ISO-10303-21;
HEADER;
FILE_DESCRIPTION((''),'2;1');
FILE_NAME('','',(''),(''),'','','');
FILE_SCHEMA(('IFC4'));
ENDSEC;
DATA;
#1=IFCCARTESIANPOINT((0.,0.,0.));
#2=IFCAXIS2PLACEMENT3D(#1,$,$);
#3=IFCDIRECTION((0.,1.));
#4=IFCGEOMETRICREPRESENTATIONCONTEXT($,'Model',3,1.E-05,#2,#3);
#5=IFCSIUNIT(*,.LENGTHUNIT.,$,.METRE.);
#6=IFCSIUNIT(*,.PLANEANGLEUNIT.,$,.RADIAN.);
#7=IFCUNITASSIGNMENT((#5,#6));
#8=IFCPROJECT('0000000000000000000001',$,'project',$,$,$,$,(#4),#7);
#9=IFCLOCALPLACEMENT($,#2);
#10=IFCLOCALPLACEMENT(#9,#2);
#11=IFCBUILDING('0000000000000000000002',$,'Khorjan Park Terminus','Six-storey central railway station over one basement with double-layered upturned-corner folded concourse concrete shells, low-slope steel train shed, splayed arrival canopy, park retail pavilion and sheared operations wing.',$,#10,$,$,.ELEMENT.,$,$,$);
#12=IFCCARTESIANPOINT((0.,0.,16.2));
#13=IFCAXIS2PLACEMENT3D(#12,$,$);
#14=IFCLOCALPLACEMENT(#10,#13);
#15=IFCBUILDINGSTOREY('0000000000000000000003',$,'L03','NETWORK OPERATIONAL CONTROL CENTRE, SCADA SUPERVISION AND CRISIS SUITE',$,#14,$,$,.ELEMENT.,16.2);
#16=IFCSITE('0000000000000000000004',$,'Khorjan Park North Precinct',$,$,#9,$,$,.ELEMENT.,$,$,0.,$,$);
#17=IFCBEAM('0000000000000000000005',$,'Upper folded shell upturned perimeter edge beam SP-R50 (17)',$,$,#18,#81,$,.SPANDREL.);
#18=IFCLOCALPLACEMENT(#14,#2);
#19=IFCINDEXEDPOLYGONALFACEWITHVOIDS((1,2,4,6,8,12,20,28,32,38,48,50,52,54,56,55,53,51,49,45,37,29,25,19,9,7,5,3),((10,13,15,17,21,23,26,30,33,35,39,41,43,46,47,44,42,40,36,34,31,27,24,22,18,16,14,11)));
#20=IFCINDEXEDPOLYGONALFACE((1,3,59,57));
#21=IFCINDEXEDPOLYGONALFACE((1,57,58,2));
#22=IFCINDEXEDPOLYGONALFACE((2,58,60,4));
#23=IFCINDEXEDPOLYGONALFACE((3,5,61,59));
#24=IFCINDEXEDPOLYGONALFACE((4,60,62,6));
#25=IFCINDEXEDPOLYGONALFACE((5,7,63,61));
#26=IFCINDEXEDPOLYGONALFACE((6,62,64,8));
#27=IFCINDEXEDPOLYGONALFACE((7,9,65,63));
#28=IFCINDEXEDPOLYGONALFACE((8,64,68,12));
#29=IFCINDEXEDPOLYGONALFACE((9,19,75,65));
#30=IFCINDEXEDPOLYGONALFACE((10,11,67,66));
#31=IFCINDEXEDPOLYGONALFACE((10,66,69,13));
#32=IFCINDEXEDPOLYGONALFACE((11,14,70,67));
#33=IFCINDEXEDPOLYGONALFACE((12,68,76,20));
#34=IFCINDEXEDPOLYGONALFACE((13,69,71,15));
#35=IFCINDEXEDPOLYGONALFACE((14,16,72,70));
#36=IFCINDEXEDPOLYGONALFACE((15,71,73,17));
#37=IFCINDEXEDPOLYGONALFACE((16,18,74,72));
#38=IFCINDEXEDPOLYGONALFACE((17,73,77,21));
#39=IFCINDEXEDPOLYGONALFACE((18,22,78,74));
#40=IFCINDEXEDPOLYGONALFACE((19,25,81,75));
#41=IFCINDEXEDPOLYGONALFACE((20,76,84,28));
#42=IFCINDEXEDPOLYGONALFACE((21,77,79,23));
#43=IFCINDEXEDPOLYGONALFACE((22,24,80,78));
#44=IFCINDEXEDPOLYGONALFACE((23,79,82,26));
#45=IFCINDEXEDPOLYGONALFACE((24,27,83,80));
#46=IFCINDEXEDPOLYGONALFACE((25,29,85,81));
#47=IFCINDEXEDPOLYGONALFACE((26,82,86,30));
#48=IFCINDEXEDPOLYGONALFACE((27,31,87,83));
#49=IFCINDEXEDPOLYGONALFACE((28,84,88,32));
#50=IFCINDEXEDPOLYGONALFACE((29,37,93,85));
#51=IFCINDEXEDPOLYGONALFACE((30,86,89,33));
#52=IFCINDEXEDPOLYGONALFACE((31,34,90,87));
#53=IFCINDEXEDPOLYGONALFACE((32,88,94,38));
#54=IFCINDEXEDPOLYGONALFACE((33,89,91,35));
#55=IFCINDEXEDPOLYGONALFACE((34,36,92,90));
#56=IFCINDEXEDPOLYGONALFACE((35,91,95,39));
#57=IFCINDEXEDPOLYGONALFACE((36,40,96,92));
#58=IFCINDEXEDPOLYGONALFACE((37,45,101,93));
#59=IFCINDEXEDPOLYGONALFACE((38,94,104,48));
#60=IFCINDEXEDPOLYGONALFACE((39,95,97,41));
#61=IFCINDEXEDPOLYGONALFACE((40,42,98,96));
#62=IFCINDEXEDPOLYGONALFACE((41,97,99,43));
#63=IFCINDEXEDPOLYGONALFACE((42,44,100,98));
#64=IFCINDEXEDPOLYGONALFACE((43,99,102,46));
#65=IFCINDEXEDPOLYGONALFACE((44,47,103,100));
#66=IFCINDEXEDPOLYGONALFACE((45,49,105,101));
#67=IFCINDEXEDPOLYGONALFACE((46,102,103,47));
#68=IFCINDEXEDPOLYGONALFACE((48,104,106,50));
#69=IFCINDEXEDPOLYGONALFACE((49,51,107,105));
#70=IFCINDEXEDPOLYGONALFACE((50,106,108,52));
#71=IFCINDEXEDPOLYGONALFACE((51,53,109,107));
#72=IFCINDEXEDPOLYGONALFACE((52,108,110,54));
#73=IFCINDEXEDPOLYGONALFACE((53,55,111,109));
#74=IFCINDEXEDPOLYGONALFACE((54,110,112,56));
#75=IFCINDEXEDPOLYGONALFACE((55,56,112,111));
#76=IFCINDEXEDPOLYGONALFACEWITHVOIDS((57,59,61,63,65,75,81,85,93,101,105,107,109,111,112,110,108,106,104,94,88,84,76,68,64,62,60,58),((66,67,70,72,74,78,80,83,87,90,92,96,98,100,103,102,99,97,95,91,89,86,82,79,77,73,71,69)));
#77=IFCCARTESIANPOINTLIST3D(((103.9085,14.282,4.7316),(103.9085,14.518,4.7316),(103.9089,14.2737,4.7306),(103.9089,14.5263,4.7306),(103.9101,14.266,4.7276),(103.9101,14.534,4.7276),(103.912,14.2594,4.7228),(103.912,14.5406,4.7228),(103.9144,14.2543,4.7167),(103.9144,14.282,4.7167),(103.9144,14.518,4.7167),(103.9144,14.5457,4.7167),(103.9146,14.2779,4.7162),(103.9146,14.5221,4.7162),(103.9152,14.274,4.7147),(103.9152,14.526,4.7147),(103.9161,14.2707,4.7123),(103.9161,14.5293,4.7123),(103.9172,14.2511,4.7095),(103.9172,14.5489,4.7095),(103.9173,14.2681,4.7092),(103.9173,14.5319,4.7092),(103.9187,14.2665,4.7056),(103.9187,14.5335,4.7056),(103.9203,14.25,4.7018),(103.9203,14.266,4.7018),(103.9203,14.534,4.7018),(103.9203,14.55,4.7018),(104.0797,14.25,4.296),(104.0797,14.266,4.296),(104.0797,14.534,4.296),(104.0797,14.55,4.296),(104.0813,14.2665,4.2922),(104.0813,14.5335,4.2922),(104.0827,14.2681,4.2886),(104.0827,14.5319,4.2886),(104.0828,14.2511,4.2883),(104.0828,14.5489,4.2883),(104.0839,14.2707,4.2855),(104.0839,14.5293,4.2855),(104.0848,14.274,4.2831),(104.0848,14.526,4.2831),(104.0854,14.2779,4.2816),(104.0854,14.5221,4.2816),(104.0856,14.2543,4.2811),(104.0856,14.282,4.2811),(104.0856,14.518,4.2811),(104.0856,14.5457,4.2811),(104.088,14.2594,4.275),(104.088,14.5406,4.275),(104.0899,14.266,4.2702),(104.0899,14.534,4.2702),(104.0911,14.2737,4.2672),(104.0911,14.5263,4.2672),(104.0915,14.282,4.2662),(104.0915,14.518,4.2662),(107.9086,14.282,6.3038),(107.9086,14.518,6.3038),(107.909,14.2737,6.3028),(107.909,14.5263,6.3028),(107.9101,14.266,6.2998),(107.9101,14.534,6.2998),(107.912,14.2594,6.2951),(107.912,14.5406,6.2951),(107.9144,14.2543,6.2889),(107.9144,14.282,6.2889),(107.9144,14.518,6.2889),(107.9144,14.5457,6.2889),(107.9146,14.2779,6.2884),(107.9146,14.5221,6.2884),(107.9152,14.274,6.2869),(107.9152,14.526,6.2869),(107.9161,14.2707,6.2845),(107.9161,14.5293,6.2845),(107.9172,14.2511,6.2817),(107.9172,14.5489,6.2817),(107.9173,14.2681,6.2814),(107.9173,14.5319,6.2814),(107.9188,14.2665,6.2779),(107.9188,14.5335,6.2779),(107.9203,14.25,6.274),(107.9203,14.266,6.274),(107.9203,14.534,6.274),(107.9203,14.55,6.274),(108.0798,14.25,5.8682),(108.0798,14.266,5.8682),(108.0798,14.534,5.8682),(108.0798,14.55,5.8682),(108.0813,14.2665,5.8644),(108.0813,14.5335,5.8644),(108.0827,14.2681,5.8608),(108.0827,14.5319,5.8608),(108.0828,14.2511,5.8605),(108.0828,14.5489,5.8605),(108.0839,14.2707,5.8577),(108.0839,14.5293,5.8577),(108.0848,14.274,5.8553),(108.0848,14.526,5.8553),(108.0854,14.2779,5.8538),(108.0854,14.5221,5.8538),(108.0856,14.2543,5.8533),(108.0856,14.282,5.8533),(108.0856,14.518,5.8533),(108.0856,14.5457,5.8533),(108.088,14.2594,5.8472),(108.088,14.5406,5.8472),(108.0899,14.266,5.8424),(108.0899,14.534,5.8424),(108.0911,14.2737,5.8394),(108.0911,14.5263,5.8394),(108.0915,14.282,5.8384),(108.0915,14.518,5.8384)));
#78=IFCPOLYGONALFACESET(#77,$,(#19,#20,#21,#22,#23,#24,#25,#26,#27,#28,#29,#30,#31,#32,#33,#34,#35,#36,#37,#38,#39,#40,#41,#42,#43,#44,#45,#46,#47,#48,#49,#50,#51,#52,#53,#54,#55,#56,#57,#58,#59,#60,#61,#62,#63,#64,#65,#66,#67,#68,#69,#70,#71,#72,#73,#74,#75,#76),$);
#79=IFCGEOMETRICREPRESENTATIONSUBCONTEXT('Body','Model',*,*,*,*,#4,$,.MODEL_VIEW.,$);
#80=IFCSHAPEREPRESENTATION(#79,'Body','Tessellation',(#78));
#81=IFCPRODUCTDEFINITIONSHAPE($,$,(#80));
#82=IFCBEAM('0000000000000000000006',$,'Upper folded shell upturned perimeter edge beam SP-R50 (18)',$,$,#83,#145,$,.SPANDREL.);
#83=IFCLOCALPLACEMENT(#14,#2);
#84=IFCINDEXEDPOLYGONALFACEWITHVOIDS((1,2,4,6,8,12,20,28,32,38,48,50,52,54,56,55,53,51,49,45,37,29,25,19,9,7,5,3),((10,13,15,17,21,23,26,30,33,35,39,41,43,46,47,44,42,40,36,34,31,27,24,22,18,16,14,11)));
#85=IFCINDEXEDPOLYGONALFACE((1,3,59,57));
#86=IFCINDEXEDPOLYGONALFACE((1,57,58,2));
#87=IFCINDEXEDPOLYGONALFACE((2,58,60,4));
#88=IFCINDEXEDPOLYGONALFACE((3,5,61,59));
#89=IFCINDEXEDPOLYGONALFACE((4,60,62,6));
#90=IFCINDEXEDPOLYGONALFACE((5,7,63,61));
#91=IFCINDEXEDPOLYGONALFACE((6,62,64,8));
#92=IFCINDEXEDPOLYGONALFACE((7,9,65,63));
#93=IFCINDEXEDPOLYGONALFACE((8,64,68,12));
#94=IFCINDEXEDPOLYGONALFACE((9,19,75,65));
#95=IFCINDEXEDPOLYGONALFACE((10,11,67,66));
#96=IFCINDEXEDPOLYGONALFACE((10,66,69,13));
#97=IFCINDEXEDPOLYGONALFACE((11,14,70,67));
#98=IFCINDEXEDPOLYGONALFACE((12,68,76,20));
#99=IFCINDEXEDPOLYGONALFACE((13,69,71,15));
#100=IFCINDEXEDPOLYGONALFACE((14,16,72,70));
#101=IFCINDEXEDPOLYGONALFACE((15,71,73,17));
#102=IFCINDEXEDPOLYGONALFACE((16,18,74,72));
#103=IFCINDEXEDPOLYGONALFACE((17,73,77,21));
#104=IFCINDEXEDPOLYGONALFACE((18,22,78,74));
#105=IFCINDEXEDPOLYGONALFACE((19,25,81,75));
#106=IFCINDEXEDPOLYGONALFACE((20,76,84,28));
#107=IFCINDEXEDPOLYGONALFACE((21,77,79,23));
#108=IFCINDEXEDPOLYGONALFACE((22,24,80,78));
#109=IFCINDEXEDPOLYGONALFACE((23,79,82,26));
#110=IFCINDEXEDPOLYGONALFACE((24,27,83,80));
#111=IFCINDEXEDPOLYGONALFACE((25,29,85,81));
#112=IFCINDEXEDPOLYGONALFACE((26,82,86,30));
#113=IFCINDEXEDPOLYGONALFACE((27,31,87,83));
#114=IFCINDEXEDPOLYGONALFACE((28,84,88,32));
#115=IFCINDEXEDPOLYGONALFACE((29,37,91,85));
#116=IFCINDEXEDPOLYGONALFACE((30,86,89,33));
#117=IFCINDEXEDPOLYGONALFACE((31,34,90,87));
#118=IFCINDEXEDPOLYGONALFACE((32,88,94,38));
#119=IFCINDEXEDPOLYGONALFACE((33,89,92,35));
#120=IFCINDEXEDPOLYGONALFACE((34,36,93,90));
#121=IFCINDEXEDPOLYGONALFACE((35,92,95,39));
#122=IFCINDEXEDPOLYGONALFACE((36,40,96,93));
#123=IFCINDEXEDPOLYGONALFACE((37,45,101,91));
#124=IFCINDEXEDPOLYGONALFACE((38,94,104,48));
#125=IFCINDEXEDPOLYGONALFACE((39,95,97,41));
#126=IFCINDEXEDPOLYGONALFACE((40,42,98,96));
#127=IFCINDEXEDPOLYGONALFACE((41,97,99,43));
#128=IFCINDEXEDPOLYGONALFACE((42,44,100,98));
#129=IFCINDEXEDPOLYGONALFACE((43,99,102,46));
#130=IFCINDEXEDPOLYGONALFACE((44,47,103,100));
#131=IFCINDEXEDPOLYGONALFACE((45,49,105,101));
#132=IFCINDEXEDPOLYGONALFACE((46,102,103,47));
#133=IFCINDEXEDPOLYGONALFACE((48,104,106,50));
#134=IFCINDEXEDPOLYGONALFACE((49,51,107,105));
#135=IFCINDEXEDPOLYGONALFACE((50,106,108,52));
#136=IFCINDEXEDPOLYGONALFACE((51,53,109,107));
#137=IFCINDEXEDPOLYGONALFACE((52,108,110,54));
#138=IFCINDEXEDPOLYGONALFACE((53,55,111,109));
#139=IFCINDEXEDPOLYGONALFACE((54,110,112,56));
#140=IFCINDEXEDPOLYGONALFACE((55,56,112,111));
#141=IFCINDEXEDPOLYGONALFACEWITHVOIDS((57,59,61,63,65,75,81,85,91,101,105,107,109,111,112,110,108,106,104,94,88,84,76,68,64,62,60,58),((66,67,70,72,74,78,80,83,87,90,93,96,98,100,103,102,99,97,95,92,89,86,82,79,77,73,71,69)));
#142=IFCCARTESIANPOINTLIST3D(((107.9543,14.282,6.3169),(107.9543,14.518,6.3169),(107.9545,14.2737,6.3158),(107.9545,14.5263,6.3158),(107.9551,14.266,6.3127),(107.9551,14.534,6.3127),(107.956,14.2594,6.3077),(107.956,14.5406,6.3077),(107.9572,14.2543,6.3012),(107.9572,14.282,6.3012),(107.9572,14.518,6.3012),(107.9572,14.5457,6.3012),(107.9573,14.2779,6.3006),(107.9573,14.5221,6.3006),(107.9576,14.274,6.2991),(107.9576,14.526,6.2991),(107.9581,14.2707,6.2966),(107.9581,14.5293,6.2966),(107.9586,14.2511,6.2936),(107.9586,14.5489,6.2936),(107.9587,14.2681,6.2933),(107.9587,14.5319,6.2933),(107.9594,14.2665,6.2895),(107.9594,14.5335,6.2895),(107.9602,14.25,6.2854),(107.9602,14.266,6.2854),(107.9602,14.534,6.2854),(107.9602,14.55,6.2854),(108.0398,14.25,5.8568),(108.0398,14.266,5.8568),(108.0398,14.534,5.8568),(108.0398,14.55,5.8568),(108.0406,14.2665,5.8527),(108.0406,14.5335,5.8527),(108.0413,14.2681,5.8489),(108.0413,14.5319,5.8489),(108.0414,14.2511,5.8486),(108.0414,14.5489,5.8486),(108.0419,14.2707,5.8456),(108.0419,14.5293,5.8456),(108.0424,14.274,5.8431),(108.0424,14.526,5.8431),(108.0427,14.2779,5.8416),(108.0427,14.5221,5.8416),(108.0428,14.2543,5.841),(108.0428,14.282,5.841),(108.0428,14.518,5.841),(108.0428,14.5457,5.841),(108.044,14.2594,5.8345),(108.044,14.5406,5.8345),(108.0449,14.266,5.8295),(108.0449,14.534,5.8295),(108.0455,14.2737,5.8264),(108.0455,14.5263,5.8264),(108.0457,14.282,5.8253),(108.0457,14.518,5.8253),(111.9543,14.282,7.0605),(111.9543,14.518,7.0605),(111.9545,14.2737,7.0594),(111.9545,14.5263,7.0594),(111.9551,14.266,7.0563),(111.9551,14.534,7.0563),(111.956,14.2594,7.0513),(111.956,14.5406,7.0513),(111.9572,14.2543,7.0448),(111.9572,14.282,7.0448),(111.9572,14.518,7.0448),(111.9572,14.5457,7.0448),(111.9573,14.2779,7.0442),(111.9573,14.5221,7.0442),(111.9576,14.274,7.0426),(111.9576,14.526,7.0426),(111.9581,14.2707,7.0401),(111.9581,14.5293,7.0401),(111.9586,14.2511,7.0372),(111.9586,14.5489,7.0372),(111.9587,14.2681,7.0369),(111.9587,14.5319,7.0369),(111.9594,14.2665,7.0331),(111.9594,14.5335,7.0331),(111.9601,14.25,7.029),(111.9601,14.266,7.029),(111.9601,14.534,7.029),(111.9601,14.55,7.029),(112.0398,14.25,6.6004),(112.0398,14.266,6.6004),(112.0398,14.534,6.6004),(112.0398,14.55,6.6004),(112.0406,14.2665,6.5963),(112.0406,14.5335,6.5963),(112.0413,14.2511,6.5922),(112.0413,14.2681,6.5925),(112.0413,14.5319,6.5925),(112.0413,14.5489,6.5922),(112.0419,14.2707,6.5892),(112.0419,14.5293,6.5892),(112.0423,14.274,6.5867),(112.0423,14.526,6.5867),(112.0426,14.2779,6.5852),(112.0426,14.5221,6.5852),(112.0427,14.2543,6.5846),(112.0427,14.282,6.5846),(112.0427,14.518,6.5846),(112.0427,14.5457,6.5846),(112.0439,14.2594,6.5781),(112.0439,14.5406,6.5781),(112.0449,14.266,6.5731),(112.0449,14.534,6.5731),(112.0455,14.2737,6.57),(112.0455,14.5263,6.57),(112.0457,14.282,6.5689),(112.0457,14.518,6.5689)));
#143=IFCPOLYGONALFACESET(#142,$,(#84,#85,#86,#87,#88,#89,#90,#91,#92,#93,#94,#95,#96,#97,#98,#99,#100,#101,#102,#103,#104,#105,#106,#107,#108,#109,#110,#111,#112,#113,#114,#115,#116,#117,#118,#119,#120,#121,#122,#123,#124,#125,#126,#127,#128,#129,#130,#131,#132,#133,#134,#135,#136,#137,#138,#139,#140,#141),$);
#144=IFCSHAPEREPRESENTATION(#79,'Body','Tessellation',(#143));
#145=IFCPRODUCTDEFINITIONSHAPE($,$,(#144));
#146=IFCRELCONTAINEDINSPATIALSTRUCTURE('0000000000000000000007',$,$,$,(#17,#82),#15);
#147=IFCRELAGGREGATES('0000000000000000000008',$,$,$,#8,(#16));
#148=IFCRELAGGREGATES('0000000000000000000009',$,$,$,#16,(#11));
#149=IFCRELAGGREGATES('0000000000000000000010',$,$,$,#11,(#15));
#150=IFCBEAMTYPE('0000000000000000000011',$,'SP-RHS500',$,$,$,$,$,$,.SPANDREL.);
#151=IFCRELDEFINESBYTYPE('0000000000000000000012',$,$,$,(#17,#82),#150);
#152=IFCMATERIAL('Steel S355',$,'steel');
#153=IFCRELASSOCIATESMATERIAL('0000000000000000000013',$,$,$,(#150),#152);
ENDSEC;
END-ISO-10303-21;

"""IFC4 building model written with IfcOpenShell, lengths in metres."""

from ifc_helpers import new_model, si_unit, direction, frame, origin, origin_2d, place, context, subcontext, project, spatial, hollow_rectangle, extrude, material, material_profile, profile_set, type_object, element, save


model = new_model("IFC4")

# Units and contexts
model_context = context("Model", 3, precision=1e-05, world=origin(), true_north=direction((0.0, 1.0)))
body_context = subcontext(model_context, "Body", "Model", "MODEL_VIEW")
ifc_project = project(units=[si_unit("LENGTHUNIT", "METRE"), si_unit("PLANEANGLEUNIT", "RADIAN")], contexts=[model_context])

# Site, building, storey
site_placement = place(None, origin())
site = spatial("IfcSite", under=ifc_project, at=site_placement, Name="Khorjan Park North Precinct", CompositionType="ELEMENT", RefElevation=0.0)
building_placement = place(site_placement, origin())
building = spatial("IfcBuilding", under=site, at=building_placement, Name="Khorjan Park Terminus", Description="Six-storey central railway station over one basement with double-layered upturned-corner folded concourse concrete shells, low-slope steel train shed, splayed arrival canopy, park retail pavilion and sheared operations wing.", CompositionType="ELEMENT")
storey_placement = place(building_placement, frame((0.0, 0.0, 16.2)))
storey = spatial("IfcBuildingStorey", under=building, at=storey_placement, Name="L03", Description="NETWORK OPERATIONAL CONTROL CENTRE, SCADA SUPERVISION AND CRISIS SUITE", CompositionType="ELEMENT", Elevation=16.2)

# Shared definitions
ifc_material = material(Name="Steel S355", Category="steel")

# Beams
ifc_material_profile_1 = material_profile(ifc_material, hollow_rectangle(XDim=0.3, YDim=0.5, WallThickness=0.016, InnerFilletRadius=0.016, OuterFilletRadius=0.032, at=origin_2d()), Name="RHS 500x300x16")
ifc_profile_set_1 = profile_set([ifc_material_profile_1], Name="Steel S355")
beam_type = type_object("IfcBeamType", Name="SP-RHS500", PredefinedType="SPANDREL", material=ifc_profile_set_1)
beam_1_placement = place(storey_placement, frame((104.0, 14.4, 4.4989), z_axis=(0.93069, 0.0, 0.365808), x_axis=(0.0, 1.0, 0.0)))
element("IfcBeam", 1, at=beam_1_placement, inside=storey, type_object=beam_type, Name="Upper folded shell upturned perimeter edge beam SP-R50 (17)", PredefinedType="SPANDREL", context=body_context, shape_type="SweptSolid", body=[
    extrude(hollow_rectangle(XDim=0.3, YDim=0.5, WallThickness=0.016, InnerFilletRadius=0.016, OuterFilletRadius=0.032, at=origin_2d()), origin(), (0.0, 0.0, 1.0), 4.2979),
])
beam_2_placement = place(storey_placement, frame((108.0, 14.4, 6.0711), z_axis=(0.983156, 0.0, 0.182769), x_axis=(0.0, 1.0, 0.0)))
element("IfcBeam", 2, at=beam_2_placement, inside=storey, type_object=beam_type, Name="Upper folded shell upturned perimeter edge beam SP-R50 (18)", PredefinedType="SPANDREL", context=body_context, shape_type="SweptSolid", body=[
    extrude(hollow_rectangle(XDim=0.3, YDim=0.5, WallThickness=0.016, InnerFilletRadius=0.016, OuterFilletRadius=0.032, at=origin_2d()), origin(), (0.0, 0.0, 1.0), 4.0685),
])

save(model, "model.ifc")
